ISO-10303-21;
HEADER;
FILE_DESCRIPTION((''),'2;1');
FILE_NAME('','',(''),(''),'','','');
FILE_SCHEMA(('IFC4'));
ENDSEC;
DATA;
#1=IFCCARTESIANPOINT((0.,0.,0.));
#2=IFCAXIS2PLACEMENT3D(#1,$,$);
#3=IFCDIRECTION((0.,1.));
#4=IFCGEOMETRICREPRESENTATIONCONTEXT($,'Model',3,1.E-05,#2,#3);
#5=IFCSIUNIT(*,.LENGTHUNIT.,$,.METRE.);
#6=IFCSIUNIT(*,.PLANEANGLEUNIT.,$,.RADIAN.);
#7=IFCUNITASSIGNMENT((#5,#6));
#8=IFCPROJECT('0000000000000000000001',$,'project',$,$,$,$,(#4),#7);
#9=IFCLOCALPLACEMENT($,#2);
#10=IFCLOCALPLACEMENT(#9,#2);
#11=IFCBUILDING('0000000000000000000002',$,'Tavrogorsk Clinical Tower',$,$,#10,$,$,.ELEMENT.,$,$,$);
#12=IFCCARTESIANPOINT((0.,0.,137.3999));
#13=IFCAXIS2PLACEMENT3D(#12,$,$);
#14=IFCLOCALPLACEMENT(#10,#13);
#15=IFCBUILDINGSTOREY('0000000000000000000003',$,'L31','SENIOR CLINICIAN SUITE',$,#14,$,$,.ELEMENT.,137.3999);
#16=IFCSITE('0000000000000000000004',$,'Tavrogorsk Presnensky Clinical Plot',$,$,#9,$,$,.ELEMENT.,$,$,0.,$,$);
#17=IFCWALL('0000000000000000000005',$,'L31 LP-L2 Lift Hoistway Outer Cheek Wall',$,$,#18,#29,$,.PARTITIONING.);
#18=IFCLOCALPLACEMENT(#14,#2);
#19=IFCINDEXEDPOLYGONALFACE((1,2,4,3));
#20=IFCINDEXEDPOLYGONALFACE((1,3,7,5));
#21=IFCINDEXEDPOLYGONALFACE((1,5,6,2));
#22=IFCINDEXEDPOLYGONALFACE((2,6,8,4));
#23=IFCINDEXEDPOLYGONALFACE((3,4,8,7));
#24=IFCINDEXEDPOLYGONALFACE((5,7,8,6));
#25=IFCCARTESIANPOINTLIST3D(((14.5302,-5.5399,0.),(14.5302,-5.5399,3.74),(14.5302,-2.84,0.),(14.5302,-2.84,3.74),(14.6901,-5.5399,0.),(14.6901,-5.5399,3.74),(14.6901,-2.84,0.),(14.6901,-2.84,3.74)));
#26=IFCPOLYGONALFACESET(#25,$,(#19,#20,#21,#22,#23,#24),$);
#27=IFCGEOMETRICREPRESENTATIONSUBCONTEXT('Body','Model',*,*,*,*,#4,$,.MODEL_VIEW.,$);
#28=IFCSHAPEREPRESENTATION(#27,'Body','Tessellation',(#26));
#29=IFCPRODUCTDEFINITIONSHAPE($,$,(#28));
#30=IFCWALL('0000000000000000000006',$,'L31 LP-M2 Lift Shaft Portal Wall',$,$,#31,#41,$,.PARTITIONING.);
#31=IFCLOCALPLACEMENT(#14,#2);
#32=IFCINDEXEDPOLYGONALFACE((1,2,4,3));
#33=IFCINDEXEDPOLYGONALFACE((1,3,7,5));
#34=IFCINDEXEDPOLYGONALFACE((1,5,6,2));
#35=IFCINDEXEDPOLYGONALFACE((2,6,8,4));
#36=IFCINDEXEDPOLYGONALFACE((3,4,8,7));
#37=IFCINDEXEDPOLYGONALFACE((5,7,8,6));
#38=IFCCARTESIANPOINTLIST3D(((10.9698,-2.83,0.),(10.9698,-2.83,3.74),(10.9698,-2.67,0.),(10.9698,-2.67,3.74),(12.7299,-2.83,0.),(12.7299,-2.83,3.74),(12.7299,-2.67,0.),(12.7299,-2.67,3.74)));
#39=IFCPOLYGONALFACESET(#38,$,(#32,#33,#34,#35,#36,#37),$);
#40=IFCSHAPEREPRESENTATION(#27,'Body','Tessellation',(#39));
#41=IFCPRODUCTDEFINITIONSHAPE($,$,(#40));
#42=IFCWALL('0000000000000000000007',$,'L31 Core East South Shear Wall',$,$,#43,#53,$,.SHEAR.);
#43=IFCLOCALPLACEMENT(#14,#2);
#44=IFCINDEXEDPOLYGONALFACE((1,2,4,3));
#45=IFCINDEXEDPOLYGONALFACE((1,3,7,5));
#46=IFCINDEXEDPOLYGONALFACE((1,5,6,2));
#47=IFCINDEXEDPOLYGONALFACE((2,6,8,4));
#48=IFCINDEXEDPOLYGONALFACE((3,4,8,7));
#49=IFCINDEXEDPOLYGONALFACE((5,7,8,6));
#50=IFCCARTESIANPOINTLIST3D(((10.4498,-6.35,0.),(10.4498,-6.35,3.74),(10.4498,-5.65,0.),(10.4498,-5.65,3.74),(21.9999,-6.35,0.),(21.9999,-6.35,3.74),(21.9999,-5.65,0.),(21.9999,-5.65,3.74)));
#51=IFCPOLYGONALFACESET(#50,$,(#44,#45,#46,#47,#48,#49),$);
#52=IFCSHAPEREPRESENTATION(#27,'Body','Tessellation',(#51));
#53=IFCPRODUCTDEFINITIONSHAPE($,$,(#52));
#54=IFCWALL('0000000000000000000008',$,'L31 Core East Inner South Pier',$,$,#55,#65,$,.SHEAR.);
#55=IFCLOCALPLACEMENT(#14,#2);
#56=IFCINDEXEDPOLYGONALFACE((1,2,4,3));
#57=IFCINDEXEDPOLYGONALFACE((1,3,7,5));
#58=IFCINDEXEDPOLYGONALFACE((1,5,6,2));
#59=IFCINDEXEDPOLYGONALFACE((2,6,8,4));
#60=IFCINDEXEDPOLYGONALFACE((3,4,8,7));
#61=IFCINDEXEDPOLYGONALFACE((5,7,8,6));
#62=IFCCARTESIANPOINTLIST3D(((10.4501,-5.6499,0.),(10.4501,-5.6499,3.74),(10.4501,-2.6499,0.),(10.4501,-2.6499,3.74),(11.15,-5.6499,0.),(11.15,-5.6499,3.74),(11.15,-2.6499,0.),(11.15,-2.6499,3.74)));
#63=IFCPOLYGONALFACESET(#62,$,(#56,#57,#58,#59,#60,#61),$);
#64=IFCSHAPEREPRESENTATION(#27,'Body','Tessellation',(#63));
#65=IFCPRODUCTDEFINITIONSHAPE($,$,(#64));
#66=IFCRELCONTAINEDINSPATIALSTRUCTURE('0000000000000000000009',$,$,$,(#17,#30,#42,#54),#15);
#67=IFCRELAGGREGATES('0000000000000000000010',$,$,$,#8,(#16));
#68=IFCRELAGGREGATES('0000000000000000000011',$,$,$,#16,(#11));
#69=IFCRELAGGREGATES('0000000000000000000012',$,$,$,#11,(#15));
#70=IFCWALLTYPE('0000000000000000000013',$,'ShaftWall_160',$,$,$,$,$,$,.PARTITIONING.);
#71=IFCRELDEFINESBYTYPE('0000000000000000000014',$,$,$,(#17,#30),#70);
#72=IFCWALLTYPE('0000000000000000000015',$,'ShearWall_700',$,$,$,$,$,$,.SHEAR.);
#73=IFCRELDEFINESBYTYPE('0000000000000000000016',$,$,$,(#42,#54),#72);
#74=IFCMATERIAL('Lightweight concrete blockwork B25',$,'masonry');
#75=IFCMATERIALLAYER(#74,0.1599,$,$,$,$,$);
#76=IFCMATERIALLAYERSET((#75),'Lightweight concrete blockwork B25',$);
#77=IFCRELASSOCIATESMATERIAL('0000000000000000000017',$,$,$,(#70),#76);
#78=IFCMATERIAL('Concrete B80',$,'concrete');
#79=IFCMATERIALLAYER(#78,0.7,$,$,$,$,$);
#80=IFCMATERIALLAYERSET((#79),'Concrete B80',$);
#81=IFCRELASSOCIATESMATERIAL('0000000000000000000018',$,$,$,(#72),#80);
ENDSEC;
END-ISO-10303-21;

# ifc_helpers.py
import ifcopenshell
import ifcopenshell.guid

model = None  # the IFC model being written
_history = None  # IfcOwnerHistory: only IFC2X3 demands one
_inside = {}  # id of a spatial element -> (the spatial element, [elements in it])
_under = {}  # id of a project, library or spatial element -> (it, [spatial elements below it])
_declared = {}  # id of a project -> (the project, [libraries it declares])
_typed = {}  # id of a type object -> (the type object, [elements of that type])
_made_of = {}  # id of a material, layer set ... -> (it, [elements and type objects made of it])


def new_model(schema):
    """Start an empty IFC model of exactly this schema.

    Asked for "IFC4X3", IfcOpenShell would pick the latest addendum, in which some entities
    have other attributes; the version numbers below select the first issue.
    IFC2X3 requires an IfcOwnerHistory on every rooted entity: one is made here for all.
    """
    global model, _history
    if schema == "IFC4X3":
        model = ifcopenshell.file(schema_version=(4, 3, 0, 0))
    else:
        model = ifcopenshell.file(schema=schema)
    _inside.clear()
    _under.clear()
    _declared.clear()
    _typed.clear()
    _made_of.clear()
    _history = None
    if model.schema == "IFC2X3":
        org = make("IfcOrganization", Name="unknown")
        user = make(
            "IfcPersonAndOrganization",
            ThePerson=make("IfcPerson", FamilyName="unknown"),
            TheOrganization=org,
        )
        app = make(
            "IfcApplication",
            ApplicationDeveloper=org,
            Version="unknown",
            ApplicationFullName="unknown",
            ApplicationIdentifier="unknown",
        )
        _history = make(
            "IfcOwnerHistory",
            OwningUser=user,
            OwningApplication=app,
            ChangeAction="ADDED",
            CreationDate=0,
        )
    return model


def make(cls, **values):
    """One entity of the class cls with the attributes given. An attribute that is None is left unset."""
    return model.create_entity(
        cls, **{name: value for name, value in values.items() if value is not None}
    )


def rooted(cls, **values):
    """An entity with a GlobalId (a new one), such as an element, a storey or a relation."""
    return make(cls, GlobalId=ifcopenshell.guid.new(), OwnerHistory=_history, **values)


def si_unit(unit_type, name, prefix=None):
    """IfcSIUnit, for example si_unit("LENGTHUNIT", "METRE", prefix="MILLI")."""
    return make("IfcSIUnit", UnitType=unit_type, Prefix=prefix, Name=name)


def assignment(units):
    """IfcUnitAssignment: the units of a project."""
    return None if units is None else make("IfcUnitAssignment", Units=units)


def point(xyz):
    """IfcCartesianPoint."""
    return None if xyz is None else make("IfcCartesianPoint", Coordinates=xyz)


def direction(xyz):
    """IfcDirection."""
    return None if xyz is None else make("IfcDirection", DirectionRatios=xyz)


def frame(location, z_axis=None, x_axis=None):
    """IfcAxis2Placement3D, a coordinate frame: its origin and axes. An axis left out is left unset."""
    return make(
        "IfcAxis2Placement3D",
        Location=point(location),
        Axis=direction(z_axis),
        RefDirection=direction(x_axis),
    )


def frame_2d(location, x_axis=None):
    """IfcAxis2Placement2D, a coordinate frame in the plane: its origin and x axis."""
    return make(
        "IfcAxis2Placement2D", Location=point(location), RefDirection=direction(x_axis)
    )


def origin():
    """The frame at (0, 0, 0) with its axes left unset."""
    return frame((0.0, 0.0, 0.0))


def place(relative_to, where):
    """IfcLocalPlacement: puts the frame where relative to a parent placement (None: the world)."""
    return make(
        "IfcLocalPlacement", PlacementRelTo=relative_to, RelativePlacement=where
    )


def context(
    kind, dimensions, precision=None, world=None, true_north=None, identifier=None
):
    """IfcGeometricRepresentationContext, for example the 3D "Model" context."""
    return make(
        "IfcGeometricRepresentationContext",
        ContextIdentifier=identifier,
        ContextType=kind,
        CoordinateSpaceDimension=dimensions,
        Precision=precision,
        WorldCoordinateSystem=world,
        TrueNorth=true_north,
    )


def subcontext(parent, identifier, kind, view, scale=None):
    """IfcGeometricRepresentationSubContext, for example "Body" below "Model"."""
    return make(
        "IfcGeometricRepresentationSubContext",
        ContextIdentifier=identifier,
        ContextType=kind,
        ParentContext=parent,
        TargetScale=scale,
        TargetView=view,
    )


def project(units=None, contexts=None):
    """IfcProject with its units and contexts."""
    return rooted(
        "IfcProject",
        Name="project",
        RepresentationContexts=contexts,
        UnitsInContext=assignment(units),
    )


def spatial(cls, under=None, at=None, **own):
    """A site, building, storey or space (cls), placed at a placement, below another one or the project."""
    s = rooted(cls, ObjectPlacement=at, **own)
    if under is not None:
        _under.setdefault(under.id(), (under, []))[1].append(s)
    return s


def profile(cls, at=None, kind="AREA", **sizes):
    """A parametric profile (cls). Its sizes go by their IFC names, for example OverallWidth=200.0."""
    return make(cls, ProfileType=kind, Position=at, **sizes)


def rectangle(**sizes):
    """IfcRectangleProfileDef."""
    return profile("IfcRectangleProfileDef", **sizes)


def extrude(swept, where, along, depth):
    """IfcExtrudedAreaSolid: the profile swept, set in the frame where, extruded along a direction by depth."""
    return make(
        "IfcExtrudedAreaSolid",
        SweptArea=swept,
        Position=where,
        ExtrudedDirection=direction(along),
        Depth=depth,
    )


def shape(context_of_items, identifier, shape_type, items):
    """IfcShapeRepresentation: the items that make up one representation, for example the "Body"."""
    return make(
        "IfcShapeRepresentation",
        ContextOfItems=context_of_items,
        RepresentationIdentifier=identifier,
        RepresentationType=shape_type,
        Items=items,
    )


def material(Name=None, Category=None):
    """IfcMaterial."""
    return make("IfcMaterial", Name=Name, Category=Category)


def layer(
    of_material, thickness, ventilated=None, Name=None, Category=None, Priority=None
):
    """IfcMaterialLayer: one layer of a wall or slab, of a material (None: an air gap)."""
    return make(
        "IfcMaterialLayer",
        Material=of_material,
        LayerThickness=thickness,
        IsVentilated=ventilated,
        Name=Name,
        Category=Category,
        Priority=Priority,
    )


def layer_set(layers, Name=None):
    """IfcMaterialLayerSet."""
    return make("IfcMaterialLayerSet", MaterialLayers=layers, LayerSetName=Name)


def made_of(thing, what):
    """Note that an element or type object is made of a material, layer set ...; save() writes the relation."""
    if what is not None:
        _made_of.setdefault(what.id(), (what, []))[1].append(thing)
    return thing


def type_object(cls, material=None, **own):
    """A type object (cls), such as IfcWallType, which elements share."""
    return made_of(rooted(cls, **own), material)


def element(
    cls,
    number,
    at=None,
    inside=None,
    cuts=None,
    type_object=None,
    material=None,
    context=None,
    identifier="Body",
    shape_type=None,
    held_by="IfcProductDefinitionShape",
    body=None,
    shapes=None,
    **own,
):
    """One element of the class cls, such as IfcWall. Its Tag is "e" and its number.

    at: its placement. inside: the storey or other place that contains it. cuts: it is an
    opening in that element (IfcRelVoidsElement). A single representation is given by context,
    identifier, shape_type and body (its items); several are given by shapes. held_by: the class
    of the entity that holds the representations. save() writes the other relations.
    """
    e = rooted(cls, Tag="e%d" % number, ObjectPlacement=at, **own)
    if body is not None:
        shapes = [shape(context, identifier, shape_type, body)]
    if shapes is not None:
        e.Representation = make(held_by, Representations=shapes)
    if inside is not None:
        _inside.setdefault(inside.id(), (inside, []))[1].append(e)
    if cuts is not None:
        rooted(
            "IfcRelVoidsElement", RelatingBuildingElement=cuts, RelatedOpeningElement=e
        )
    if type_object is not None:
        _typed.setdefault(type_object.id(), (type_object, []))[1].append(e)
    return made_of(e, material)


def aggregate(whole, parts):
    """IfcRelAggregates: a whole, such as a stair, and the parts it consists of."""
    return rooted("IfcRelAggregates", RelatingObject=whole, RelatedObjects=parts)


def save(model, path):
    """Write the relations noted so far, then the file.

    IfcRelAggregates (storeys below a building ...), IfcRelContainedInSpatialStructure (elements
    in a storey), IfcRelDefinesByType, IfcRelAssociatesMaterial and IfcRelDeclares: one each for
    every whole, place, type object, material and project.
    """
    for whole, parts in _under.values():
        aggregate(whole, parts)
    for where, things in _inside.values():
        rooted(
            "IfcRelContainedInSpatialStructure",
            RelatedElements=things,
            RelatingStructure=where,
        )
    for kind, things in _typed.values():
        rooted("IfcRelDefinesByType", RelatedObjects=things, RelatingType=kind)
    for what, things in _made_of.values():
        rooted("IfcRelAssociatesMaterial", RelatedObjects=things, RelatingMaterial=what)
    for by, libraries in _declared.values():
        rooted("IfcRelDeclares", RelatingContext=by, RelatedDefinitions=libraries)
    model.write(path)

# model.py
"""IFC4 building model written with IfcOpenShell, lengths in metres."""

from ifc_helpers import new_model, si_unit, direction, frame, frame_2d, origin, place, context, subcontext, project, spatial, rectangle, extrude, material, layer, layer_set, type_object, element, save


model = new_model("IFC4")

# Units and contexts
model_context = context("Model", 3, precision=1e-05, world=origin(), true_north=direction((0.0, 1.0)))
body_context = subcontext(model_context, "Body", "Model", "MODEL_VIEW")
ifc_project = project(units=[si_unit("LENGTHUNIT", "METRE"), si_unit("PLANEANGLEUNIT", "RADIAN")], contexts=[model_context])

# Site, building, storey
site_placement = place(None, origin())
site = spatial("IfcSite", under=ifc_project, at=site_placement, Name="Tavrogorsk Presnensky Clinical Plot", CompositionType="ELEMENT", RefElevation=0.0)
building_placement = place(site_placement, origin())
building = spatial("IfcBuilding", under=site, at=building_placement, Name="Tavrogorsk Clinical Tower", CompositionType="ELEMENT")
storey_placement = place(building_placement, frame((0.0, 0.0, 137.3999)))
storey = spatial("IfcBuildingStorey", under=building, at=storey_placement, Name="L31", Description="SENIOR CLINICIAN SUITE", CompositionType="ELEMENT", Elevation=137.3999)

# Shared definitions
ifc_material_1 = material(Name="Lightweight concrete blockwork B25", Category="masonry")
ifc_layer_1 = layer(ifc_material_1, 0.1599)
ifc_layer_set_1 = layer_set([ifc_layer_1], Name="Lightweight concrete blockwork B25")
wall_type_1 = type_object("IfcWallType", Name="ShaftWall_160", PredefinedType="PARTITIONING", material=ifc_layer_set_1)

# Walls
for number, where, z_axis, x_axis, name in (
    (1, (14.6101, -5.54, 0.0), (0.0, 0.0, 1.0), (0.0, 1.0, 0.0), "L31 LP-L2 Lift Hoistway Outer Cheek Wall"),
):
    element("IfcWall", number, at=place(storey_placement, frame(where, z_axis=z_axis, x_axis=x_axis)), inside=storey, type_object=wall_type_1, Name=name, PredefinedType="PARTITIONING", context=body_context, shape_type="SweptSolid", body=[
        extrude(rectangle(XDim=2.7, YDim=0.1599, at=frame_2d((1.3501, 0.0))), origin(), (0.0, 0.0, 1.0), 3.74),
    ])
wall_1_placement = place(storey_placement, frame((10.97, -2.75, 0.0), z_axis=(0.0, 0.0, 1.0), x_axis=(1.0, 0.0, 0.0)))
element("IfcWall", 2, at=wall_1_placement, inside=storey, type_object=wall_type_1, Name="L31 LP-M2 Lift Shaft Portal Wall", PredefinedType="PARTITIONING", context=body_context, shape_type="SweptSolid", body=[
    extrude(rectangle(XDim=1.76, YDim=0.1599, at=frame_2d((0.8799, 0.0))), origin(), (0.0, 0.0, 1.0), 3.74),
])
ifc_material_2 = material(Name="Concrete B80", Category="concrete")
ifc_layer_2 = layer(ifc_material_2, 0.7)
ifc_layer_set_2 = layer_set([ifc_layer_2], Name="Concrete B80")
wall_type_2 = type_object("IfcWallType", Name="ShearWall_700", PredefinedType="SHEAR", material=ifc_layer_set_2)
wall_2_placement = place(storey_placement, frame((10.45, -6.0, 0.0), z_axis=(0.0, 0.0, 1.0), x_axis=(1.0, 0.0, 0.0)))
element("IfcWall", 3, at=wall_2_placement, inside=storey, type_object=wall_type_2, Name="L31 Core East South Shear Wall", PredefinedType="SHEAR", context=body_context, shape_type="SweptSolid", body=[
    extrude(rectangle(XDim=11.55, YDim=0.7, at=frame_2d((5.7749, 0.0))), origin(), (0.0, 0.0, 1.0), 3.74),
])
wall_3_placement = place(storey_placement, frame((10.8, -5.6499, 0.0), z_axis=(0.0, 0.0, 1.0), x_axis=(0.0, 1.0, 0.0)))
element("IfcWall", 4, at=wall_3_placement, inside=storey, type_object=wall_type_2, Name="L31 Core East Inner South Pier", PredefinedType="SHEAR", context=body_context, shape_type="SweptSolid", body=[
    extrude(rectangle(XDim=3.0, YDim=0.7, at=frame_2d((1.5, 0.0))), origin(), (0.0, 0.0, 1.0), 3.74),
])

save(model, "model.ifc")
